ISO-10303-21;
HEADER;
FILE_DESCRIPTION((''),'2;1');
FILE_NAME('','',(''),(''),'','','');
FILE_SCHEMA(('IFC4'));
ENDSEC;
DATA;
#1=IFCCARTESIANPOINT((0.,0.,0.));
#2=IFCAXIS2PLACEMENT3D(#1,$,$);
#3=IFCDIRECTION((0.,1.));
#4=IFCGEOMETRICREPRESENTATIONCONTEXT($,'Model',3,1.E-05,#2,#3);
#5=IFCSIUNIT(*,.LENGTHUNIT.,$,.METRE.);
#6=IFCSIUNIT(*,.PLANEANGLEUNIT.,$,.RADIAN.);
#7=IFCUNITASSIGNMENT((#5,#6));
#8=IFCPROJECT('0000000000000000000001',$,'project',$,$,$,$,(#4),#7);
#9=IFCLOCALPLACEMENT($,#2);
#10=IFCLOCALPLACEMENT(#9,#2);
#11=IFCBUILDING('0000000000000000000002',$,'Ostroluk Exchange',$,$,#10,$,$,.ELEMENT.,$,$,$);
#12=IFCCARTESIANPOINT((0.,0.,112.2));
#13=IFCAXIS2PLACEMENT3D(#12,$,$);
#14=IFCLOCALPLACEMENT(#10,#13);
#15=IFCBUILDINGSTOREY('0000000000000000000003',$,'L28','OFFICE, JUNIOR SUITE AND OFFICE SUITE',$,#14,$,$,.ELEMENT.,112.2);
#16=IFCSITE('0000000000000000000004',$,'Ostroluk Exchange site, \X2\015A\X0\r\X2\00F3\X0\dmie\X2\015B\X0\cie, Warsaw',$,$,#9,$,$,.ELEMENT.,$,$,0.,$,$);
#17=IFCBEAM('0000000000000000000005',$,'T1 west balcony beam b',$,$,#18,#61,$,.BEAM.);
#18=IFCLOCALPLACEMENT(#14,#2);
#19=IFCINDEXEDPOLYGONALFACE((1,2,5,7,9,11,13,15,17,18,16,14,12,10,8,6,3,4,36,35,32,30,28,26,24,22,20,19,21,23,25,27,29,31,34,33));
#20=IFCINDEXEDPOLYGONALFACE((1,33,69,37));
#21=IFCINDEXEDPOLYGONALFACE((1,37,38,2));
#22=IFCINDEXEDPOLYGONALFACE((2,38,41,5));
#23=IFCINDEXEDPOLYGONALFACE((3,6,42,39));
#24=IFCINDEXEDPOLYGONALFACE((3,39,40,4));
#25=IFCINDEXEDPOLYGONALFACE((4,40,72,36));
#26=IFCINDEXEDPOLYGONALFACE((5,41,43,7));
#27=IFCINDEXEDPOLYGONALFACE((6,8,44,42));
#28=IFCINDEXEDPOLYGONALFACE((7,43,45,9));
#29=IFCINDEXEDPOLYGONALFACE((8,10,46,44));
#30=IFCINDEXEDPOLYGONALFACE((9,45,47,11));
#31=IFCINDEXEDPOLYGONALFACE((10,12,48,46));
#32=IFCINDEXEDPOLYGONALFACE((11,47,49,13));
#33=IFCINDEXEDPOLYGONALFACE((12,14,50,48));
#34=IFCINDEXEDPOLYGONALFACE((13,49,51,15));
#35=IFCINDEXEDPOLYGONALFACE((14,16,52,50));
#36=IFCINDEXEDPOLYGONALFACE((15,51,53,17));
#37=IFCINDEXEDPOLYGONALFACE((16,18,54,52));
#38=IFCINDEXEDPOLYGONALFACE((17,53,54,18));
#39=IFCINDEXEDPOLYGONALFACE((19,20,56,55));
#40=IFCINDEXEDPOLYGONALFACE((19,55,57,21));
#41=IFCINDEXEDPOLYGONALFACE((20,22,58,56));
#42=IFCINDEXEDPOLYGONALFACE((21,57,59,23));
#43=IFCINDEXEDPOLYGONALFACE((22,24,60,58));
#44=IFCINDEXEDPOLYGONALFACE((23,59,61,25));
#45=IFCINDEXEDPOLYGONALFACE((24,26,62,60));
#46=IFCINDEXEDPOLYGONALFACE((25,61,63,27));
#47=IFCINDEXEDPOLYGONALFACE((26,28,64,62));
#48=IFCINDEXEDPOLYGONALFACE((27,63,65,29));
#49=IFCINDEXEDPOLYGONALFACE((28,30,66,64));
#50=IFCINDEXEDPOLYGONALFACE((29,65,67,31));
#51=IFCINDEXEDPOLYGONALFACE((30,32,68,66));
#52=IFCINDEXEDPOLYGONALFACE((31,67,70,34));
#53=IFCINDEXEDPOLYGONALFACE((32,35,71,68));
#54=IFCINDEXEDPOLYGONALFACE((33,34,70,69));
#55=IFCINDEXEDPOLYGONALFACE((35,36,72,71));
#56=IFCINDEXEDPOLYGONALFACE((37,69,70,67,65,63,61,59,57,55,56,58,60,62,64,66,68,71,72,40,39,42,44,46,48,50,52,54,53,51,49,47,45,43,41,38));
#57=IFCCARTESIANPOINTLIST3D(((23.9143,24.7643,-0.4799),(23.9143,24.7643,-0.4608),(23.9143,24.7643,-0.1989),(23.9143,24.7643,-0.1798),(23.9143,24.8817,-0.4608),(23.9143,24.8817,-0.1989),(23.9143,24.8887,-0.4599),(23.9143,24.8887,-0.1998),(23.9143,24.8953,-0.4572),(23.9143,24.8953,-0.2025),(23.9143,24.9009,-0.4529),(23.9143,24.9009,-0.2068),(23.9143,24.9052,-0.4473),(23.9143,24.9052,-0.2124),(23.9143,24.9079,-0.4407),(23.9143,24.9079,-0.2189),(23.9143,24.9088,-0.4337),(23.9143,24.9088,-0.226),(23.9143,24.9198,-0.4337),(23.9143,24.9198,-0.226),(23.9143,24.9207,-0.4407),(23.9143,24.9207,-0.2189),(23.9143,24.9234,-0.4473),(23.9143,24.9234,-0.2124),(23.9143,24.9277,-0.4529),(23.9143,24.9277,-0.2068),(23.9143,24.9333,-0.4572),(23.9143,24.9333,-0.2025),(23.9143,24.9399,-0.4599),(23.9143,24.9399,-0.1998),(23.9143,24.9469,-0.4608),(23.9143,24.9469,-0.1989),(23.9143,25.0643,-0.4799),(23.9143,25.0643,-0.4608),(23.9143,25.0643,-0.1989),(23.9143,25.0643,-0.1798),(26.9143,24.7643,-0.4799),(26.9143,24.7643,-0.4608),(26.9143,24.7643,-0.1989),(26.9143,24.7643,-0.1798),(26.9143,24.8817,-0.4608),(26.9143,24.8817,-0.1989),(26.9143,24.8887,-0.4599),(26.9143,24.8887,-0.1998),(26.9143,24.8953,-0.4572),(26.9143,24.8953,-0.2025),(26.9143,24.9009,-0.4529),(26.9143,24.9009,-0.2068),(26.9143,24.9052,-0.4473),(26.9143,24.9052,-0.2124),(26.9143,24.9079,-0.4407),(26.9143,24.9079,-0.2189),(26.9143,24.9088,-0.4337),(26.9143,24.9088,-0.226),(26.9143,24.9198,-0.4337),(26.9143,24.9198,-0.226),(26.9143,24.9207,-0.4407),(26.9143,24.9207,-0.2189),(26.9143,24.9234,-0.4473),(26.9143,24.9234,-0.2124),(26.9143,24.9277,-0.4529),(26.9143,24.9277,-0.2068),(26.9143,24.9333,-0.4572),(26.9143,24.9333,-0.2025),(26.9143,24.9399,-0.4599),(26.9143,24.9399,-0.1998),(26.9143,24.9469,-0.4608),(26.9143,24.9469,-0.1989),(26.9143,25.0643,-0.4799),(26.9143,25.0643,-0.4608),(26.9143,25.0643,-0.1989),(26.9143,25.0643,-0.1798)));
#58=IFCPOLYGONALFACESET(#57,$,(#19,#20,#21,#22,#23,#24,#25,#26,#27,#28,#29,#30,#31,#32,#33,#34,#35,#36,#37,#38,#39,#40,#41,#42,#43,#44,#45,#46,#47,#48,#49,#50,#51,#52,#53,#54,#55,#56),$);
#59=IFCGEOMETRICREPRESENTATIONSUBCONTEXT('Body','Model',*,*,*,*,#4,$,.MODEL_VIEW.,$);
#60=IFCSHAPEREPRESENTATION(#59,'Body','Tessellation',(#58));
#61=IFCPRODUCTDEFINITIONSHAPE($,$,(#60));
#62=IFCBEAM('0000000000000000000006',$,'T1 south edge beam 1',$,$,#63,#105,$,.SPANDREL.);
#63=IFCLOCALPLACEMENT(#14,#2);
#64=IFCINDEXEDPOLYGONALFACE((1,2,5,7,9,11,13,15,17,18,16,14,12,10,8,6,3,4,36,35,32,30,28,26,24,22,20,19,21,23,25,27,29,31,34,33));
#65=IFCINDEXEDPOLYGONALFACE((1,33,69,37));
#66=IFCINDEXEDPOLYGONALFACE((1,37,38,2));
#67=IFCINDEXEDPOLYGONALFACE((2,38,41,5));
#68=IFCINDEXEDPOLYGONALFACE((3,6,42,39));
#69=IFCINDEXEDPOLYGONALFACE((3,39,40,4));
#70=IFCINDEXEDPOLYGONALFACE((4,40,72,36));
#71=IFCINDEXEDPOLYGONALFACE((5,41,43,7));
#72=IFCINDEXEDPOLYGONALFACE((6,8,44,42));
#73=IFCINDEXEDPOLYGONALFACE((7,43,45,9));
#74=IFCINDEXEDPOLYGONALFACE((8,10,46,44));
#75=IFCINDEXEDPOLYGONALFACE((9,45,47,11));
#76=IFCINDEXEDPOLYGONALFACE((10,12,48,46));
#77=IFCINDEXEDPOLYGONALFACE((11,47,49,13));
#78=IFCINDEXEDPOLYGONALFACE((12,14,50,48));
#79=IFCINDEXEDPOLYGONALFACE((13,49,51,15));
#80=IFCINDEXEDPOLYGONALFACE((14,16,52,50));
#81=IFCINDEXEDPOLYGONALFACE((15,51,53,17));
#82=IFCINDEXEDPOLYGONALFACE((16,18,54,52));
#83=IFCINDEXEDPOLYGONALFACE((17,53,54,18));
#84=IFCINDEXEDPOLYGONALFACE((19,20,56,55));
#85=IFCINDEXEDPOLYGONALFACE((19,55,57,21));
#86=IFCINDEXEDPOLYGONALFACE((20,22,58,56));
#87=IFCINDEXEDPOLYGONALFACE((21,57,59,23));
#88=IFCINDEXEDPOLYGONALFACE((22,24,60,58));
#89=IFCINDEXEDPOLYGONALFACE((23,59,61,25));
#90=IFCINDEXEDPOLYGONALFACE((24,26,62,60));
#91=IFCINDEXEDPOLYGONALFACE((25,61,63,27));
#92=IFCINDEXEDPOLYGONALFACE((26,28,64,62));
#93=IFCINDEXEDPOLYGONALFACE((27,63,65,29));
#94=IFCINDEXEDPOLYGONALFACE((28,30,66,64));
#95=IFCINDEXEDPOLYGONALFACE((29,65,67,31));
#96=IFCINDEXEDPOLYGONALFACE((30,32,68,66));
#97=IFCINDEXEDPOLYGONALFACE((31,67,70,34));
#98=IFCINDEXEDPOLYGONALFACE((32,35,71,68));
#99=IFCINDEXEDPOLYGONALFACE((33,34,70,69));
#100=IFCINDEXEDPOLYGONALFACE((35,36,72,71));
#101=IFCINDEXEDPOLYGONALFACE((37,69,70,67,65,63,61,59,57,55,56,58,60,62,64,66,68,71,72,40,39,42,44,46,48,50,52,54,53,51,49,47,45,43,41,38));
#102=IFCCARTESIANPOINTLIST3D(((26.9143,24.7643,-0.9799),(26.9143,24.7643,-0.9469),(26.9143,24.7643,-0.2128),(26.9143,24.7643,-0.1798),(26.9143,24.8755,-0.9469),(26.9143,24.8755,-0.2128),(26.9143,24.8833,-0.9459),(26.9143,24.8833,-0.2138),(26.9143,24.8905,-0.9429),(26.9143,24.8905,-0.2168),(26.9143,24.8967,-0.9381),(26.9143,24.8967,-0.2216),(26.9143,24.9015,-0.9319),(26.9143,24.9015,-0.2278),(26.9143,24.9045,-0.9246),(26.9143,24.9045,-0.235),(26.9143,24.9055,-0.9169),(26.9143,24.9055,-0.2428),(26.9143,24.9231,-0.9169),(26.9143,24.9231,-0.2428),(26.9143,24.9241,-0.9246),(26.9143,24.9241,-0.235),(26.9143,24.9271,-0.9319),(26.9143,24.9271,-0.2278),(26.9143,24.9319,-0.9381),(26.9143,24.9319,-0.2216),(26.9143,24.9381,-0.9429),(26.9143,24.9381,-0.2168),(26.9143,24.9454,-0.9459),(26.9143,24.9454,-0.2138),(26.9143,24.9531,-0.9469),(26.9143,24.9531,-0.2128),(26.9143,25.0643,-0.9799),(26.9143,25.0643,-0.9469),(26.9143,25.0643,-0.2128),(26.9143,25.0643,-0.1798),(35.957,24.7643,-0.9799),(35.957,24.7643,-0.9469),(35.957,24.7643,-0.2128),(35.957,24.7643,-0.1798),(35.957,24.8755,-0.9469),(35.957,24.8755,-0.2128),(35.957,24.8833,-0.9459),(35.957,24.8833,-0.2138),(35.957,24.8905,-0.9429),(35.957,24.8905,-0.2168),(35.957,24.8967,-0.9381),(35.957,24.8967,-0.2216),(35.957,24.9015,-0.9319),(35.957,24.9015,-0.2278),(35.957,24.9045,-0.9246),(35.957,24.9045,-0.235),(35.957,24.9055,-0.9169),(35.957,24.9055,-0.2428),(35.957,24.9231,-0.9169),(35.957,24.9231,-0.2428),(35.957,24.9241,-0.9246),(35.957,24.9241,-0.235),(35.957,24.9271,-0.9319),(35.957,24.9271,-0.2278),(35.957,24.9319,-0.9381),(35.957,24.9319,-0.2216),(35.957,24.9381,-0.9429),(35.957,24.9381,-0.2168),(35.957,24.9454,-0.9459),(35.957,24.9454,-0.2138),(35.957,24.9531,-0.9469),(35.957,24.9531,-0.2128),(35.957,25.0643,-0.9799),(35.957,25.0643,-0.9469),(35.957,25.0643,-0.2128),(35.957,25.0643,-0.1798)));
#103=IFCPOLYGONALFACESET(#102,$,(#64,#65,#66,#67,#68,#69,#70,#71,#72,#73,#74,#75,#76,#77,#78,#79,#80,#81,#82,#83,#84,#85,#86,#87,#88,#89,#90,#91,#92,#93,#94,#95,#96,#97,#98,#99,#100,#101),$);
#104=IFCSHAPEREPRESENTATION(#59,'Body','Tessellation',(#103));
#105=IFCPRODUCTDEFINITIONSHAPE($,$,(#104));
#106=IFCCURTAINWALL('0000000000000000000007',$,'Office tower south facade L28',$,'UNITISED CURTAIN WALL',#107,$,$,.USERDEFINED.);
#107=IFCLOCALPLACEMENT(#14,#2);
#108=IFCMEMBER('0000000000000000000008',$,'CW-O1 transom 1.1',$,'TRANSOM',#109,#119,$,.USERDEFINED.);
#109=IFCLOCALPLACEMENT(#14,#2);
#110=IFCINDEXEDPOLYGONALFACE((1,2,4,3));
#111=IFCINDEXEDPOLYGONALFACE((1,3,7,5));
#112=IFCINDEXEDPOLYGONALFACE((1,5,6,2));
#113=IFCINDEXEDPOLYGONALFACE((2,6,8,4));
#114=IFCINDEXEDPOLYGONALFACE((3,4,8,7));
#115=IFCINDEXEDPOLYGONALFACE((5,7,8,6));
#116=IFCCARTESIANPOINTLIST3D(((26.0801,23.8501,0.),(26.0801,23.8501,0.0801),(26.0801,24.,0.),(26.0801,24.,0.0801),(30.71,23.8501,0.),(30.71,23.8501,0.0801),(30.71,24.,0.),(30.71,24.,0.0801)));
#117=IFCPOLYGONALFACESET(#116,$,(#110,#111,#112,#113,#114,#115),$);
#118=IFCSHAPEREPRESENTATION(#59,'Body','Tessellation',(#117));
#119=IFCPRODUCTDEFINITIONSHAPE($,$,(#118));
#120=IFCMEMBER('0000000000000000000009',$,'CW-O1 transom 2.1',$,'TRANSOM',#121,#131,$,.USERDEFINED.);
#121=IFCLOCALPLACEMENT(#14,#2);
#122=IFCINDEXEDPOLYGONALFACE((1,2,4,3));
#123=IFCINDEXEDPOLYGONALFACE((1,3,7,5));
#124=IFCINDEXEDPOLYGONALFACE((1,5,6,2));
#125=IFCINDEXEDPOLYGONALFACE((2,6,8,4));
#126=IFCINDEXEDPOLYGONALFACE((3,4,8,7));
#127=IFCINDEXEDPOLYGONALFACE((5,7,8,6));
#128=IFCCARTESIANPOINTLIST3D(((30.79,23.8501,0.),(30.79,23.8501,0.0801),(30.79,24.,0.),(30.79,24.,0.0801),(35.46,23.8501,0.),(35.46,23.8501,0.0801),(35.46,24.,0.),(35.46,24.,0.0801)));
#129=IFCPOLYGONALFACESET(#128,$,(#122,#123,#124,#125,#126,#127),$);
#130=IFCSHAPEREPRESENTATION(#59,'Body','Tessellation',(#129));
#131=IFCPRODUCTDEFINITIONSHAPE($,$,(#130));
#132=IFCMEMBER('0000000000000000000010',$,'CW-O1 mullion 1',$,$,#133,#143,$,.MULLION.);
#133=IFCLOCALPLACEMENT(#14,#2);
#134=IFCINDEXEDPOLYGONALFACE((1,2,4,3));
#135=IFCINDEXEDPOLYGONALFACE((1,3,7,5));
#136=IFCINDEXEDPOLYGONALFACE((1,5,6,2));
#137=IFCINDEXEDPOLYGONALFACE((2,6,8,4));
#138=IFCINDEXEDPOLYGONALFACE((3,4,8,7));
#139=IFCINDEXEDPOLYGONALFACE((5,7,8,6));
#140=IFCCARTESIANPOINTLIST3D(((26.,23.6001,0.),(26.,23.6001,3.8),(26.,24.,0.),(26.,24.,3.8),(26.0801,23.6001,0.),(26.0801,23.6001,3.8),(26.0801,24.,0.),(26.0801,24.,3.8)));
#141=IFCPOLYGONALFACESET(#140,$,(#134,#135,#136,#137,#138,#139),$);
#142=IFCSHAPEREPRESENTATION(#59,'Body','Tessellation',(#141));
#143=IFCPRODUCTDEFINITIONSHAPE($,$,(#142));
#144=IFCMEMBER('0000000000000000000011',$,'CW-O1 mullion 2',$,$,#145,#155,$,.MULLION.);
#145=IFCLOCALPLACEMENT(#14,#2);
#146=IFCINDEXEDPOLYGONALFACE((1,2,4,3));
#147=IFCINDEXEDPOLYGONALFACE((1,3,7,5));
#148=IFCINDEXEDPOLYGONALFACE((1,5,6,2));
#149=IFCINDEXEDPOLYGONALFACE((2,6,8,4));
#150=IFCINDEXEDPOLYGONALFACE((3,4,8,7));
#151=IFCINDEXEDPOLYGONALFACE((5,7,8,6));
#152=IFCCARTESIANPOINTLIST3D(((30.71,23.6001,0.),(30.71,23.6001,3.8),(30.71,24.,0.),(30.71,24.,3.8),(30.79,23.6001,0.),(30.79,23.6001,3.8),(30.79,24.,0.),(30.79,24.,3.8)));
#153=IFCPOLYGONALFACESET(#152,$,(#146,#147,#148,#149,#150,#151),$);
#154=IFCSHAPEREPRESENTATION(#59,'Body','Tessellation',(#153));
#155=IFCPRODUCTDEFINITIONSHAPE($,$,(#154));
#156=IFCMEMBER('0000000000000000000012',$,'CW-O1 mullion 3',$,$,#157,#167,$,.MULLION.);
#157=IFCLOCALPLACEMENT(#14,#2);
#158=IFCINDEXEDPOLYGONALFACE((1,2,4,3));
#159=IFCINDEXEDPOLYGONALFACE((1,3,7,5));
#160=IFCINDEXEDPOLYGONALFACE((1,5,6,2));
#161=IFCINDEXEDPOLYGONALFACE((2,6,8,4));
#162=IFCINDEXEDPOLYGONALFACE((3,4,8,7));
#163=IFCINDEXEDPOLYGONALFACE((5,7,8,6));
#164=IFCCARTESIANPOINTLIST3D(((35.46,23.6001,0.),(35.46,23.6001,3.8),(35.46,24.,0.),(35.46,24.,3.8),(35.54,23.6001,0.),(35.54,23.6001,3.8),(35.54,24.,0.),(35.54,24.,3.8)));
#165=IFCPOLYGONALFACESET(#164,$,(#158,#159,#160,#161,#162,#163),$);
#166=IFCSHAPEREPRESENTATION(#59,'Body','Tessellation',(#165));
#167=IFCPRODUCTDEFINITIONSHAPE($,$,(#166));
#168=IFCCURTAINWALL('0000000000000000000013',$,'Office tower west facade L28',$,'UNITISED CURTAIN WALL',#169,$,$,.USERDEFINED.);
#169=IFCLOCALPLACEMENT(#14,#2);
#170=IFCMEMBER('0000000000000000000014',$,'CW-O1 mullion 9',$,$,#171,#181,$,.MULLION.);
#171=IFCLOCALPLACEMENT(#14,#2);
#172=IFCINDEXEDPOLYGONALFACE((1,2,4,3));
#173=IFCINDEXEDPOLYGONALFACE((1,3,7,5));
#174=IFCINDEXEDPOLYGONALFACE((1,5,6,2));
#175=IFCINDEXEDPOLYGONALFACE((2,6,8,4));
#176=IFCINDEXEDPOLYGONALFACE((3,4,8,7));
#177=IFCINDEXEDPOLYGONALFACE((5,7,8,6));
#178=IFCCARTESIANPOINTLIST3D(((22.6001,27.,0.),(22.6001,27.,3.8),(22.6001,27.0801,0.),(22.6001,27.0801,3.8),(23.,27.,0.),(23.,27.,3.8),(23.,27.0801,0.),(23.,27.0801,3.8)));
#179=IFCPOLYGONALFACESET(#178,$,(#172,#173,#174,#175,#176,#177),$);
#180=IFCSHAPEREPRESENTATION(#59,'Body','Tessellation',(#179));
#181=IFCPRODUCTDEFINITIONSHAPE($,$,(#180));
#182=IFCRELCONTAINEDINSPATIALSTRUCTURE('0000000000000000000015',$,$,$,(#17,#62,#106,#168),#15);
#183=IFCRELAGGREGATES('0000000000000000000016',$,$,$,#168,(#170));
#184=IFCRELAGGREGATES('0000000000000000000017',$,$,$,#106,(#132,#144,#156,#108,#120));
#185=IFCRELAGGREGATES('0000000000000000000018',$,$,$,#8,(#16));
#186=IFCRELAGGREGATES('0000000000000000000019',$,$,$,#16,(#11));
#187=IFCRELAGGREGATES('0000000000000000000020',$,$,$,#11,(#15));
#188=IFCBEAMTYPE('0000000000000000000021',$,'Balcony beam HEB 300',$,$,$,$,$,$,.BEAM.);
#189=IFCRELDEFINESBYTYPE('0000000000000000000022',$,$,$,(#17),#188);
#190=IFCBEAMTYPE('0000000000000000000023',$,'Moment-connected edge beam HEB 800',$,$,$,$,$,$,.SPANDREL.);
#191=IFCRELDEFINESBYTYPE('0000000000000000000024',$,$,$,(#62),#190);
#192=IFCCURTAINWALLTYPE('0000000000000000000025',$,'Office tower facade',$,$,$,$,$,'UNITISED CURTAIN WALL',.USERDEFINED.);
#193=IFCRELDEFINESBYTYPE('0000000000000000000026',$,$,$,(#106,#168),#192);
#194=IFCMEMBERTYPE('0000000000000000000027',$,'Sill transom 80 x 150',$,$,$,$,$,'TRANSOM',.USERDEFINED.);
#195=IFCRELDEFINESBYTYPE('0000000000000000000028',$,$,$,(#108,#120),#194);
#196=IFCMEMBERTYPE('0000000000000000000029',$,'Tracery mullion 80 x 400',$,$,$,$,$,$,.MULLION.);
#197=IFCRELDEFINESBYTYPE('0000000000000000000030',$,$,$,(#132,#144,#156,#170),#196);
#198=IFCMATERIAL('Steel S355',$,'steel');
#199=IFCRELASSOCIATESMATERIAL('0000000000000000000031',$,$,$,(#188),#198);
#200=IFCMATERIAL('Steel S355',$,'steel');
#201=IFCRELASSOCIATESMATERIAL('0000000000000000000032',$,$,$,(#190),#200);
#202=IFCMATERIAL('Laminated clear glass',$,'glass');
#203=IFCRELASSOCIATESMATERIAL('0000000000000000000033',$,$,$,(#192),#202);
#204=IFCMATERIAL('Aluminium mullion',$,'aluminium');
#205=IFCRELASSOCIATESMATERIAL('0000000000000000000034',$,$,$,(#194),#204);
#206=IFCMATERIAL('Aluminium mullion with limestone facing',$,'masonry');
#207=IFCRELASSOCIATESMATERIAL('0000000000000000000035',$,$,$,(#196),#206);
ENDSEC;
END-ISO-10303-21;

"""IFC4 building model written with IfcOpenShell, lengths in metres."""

from ifc_helpers import new_model, si_unit, direction, frame, origin, origin_2d, place, context, subcontext, project, spatial, rectangle, i_section, extrude, material, material_profile, profile_set, type_object, element, aggregate, save


model = new_model("IFC4")

# Units and contexts
model_context = context("Model", 3, precision=1e-05, world=origin(), true_north=direction((0.0, 1.0)))
body_context = subcontext(model_context, "Body", "Model", "MODEL_VIEW")
ifc_project = project(units=[si_unit("LENGTHUNIT", "METRE"), si_unit("PLANEANGLEUNIT", "RADIAN")], contexts=[model_context])

# Site, building, storey
site_placement = place(None, origin())
site = spatial("IfcSite", under=ifc_project, at=site_placement, Name="Ostroluk Exchange site, Śródmieście, Warsaw", CompositionType="ELEMENT", RefElevation=0.0)
building_placement = place(site_placement, origin())
building = spatial("IfcBuilding", under=site, at=building_placement, Name="Ostroluk Exchange", CompositionType="ELEMENT")
storey_placement = place(building_placement, frame((0.0, 0.0, 112.2)))
storey = spatial("IfcBuildingStorey", under=building, at=storey_placement, Name="L28", Description="OFFICE, JUNIOR SUITE AND OFFICE SUITE", CompositionType="ELEMENT", Elevation=112.2)

# Beams
ifc_material_1 = material(Name="Steel S355", Category="steel")
ifc_material_profile_1 = material_profile(ifc_material_1, i_section(OverallWidth=0.3, OverallDepth=0.3, WebThickness=0.011, FlangeThickness=0.019, FilletRadius=0.0271, at=origin_2d()), Name="HEB 300")
ifc_profile_set_1 = profile_set([ifc_material_profile_1], Name="Steel S355")
beam_type_1 = type_object("IfcBeamType", Name="Balcony beam HEB 300", PredefinedType="BEAM", material=ifc_profile_set_1)
beam_1_placement = place(storey_placement, frame((26.9143, 24.9143, -0.3298), z_axis=(-1.0, 0.0, 0.0), x_axis=(0.0, -1.0, 0.0)))
element("IfcBeam", 1, at=beam_1_placement, inside=storey, type_object=beam_type_1, Name="T1 west balcony beam b", PredefinedType="BEAM", context=body_context, shape_type="SweptSolid", body=[
    extrude(i_section(OverallWidth=0.3, OverallDepth=0.3, WebThickness=0.011, FlangeThickness=0.019, FilletRadius=0.0271, at=origin_2d()), origin(), (0.0, 0.0, 1.0), 3.0),
])
ifc_material_2 = material(Name="Steel S355", Category="steel")
ifc_material_profile_2 = material_profile(ifc_material_2, i_section(OverallWidth=0.3, OverallDepth=0.8, WebThickness=0.0176, FlangeThickness=0.033, FilletRadius=0.03, at=origin_2d()), Name="HEB 800")
ifc_profile_set_2 = profile_set([ifc_material_profile_2], Name="Steel S355")
beam_type_2 = type_object("IfcBeamType", Name="Moment-connected edge beam HEB 800", PredefinedType="SPANDREL", material=ifc_profile_set_2)
beam_2_placement = place(storey_placement, frame((26.9143, 24.9143, -0.5798), z_axis=(1.0, 0.0, 0.0), x_axis=(0.0, 1.0, 0.0)))
element("IfcBeam", 2, at=beam_2_placement, inside=storey, type_object=beam_type_2, Name="T1 south edge beam 1", PredefinedType="SPANDREL", context=body_context, shape_type="SweptSolid", body=[
    extrude(i_section(OverallWidth=0.3, OverallDepth=0.8, WebThickness=0.0176, FlangeThickness=0.033, FilletRadius=0.03, at=origin_2d()), origin(), (0.0, 0.0, 1.0), 9.0427),
])

# Curtain wall, members
ifc_material_3 = material(Name="Laminated clear glass", Category="glass")
curtain_wall_type = type_object("IfcCurtainWallType", Name="Office tower facade", ElementType="UNITISED CURTAIN WALL", PredefinedType="USERDEFINED", material=ifc_material_3)
curtain_wall_1_placement = place(storey_placement, origin())
curtain_wall_1 = element("IfcCurtainWall", 3, at=curtain_wall_1_placement, inside=storey, type_object=curtain_wall_type, Name="Office tower south facade L28", ObjectType="UNITISED CURTAIN WALL", PredefinedType="USERDEFINED")
ifc_material_4 = material(Name="Aluminium mullion", Category="aluminium")
ifc_material_profile_3 = material_profile(ifc_material_4, rectangle(XDim=0.1499, YDim=0.0801, at=origin_2d()), Name="Sill transom 80 x 150")
ifc_profile_set_3 = profile_set([ifc_material_profile_3], Name="Aluminium mullion")
member_type_1 = type_object("IfcMemberType", Name="Sill transom 80 x 150", ElementType="TRANSOM", PredefinedType="USERDEFINED", material=ifc_profile_set_3)
member_1_placement = place(storey_placement, frame((26.0801, 23.925, 0.04), z_axis=(1.0, 0.0, 0.0), x_axis=(0.0, 1.0, 0.0)))
member_1 = element("IfcMember", 4, at=member_1_placement, type_object=member_type_1, Name="CW-O1 transom 1.1", ObjectType="TRANSOM", PredefinedType="USERDEFINED", context=body_context, shape_type="SweptSolid", body=[
    extrude(rectangle(XDim=0.1499, YDim=0.0801, at=origin_2d()), origin(), (0.0, 0.0, 1.0), 4.6299),
])
member_2_placement = place(storey_placement, frame((30.79, 23.925, 0.04), z_axis=(1.0, 0.0, 0.0), x_axis=(0.0, 1.0, 0.0)))
member_2 = element("IfcMember", 5, at=member_2_placement, type_object=member_type_1, Name="CW-O1 transom 2.1", ObjectType="TRANSOM", PredefinedType="USERDEFINED", context=body_context, shape_type="SweptSolid", body=[
    extrude(rectangle(XDim=0.1499, YDim=0.0801, at=origin_2d()), origin(), (0.0, 0.0, 1.0), 4.6699),
])
ifc_material_5 = material(Name="Aluminium mullion with limestone facing", Category="masonry")
ifc_material_profile_4 = material_profile(ifc_material_5, rectangle(XDim=0.3999, YDim=0.0801, at=origin_2d()), Name="Tracery mullion 80 x 400")
ifc_profile_set_4 = profile_set([ifc_material_profile_4], Name="Aluminium mullion with limestone facing")
member_type_2 = type_object("IfcMemberType", Name="Tracery mullion 80 x 400", PredefinedType="MULLION", material=ifc_profile_set_4)
member_3_placement = place(storey_placement, frame((26.04, 23.8, 0.0), z_axis=(0.0, 0.0, 1.0), x_axis=(0.0, 1.0, 0.0)))
member_3 = element("IfcMember", 6, at=member_3_placement, type_object=member_type_2, Name="CW-O1 mullion 1", PredefinedType="MULLION", context=body_context, shape_type="SweptSolid", body=[
    extrude(rectangle(XDim=0.3999, YDim=0.0801, at=origin_2d()), origin(), (0.0, 0.0, 1.0), 3.8),
])
member_4_placement = place(storey_placement, frame((30.75, 23.8, 0.0), z_axis=(0.0, 0.0, 1.0), x_axis=(0.0, 1.0, 0.0)))
member_4 = element("IfcMember", 7, at=member_4_placement, type_object=member_type_2, Name="CW-O1 mullion 2", PredefinedType="MULLION", context=body_context, shape_type="SweptSolid", body=[
    extrude(rectangle(XDim=0.3999, YDim=0.0801, at=origin_2d()), origin(), (0.0, 0.0, 1.0), 3.8),
])
member_5_placement = place(storey_placement, frame((35.5, 23.8, 0.0), z_axis=(0.0, 0.0, 1.0), x_axis=(0.0, 1.0, 0.0)))
member_5 = element("IfcMember", 8, at=member_5_placement, type_object=member_type_2, Name="CW-O1 mullion 3", PredefinedType="MULLION", context=body_context, shape_type="SweptSolid", body=[
    extrude(rectangle(XDim=0.3999, YDim=0.0801, at=origin_2d()), origin(), (0.0, 0.0, 1.0), 3.8),
])

# Curtain wall, member
curtain_wall_2_placement = place(storey_placement, origin())
curtain_wall_2 = element("IfcCurtainWall", 9, at=curtain_wall_2_placement, inside=storey, type_object=curtain_wall_type, Name="Office tower west facade L28", ObjectType="UNITISED CURTAIN WALL", PredefinedType="USERDEFINED")
member_6_placement = place(storey_placement, frame((22.8, 27.04, 0.0), z_axis=(0.0, 0.0, 1.0), x_axis=(1.0, 0.0, 0.0)))
member_6 = element("IfcMember", 10, at=member_6_placement, type_object=member_type_2, Name="CW-O1 mullion 9", PredefinedType="MULLION", context=body_context, shape_type="SweptSolid", body=[
    extrude(rectangle(XDim=0.3999, YDim=0.0801, at=origin_2d()), origin(), (0.0, 0.0, 1.0), 3.8),
])
aggregate(curtain_wall_2, [member_6])

aggregate(curtain_wall_1, [member_3, member_4, member_5, member_1, member_2])

save(model, "model.ifc")
